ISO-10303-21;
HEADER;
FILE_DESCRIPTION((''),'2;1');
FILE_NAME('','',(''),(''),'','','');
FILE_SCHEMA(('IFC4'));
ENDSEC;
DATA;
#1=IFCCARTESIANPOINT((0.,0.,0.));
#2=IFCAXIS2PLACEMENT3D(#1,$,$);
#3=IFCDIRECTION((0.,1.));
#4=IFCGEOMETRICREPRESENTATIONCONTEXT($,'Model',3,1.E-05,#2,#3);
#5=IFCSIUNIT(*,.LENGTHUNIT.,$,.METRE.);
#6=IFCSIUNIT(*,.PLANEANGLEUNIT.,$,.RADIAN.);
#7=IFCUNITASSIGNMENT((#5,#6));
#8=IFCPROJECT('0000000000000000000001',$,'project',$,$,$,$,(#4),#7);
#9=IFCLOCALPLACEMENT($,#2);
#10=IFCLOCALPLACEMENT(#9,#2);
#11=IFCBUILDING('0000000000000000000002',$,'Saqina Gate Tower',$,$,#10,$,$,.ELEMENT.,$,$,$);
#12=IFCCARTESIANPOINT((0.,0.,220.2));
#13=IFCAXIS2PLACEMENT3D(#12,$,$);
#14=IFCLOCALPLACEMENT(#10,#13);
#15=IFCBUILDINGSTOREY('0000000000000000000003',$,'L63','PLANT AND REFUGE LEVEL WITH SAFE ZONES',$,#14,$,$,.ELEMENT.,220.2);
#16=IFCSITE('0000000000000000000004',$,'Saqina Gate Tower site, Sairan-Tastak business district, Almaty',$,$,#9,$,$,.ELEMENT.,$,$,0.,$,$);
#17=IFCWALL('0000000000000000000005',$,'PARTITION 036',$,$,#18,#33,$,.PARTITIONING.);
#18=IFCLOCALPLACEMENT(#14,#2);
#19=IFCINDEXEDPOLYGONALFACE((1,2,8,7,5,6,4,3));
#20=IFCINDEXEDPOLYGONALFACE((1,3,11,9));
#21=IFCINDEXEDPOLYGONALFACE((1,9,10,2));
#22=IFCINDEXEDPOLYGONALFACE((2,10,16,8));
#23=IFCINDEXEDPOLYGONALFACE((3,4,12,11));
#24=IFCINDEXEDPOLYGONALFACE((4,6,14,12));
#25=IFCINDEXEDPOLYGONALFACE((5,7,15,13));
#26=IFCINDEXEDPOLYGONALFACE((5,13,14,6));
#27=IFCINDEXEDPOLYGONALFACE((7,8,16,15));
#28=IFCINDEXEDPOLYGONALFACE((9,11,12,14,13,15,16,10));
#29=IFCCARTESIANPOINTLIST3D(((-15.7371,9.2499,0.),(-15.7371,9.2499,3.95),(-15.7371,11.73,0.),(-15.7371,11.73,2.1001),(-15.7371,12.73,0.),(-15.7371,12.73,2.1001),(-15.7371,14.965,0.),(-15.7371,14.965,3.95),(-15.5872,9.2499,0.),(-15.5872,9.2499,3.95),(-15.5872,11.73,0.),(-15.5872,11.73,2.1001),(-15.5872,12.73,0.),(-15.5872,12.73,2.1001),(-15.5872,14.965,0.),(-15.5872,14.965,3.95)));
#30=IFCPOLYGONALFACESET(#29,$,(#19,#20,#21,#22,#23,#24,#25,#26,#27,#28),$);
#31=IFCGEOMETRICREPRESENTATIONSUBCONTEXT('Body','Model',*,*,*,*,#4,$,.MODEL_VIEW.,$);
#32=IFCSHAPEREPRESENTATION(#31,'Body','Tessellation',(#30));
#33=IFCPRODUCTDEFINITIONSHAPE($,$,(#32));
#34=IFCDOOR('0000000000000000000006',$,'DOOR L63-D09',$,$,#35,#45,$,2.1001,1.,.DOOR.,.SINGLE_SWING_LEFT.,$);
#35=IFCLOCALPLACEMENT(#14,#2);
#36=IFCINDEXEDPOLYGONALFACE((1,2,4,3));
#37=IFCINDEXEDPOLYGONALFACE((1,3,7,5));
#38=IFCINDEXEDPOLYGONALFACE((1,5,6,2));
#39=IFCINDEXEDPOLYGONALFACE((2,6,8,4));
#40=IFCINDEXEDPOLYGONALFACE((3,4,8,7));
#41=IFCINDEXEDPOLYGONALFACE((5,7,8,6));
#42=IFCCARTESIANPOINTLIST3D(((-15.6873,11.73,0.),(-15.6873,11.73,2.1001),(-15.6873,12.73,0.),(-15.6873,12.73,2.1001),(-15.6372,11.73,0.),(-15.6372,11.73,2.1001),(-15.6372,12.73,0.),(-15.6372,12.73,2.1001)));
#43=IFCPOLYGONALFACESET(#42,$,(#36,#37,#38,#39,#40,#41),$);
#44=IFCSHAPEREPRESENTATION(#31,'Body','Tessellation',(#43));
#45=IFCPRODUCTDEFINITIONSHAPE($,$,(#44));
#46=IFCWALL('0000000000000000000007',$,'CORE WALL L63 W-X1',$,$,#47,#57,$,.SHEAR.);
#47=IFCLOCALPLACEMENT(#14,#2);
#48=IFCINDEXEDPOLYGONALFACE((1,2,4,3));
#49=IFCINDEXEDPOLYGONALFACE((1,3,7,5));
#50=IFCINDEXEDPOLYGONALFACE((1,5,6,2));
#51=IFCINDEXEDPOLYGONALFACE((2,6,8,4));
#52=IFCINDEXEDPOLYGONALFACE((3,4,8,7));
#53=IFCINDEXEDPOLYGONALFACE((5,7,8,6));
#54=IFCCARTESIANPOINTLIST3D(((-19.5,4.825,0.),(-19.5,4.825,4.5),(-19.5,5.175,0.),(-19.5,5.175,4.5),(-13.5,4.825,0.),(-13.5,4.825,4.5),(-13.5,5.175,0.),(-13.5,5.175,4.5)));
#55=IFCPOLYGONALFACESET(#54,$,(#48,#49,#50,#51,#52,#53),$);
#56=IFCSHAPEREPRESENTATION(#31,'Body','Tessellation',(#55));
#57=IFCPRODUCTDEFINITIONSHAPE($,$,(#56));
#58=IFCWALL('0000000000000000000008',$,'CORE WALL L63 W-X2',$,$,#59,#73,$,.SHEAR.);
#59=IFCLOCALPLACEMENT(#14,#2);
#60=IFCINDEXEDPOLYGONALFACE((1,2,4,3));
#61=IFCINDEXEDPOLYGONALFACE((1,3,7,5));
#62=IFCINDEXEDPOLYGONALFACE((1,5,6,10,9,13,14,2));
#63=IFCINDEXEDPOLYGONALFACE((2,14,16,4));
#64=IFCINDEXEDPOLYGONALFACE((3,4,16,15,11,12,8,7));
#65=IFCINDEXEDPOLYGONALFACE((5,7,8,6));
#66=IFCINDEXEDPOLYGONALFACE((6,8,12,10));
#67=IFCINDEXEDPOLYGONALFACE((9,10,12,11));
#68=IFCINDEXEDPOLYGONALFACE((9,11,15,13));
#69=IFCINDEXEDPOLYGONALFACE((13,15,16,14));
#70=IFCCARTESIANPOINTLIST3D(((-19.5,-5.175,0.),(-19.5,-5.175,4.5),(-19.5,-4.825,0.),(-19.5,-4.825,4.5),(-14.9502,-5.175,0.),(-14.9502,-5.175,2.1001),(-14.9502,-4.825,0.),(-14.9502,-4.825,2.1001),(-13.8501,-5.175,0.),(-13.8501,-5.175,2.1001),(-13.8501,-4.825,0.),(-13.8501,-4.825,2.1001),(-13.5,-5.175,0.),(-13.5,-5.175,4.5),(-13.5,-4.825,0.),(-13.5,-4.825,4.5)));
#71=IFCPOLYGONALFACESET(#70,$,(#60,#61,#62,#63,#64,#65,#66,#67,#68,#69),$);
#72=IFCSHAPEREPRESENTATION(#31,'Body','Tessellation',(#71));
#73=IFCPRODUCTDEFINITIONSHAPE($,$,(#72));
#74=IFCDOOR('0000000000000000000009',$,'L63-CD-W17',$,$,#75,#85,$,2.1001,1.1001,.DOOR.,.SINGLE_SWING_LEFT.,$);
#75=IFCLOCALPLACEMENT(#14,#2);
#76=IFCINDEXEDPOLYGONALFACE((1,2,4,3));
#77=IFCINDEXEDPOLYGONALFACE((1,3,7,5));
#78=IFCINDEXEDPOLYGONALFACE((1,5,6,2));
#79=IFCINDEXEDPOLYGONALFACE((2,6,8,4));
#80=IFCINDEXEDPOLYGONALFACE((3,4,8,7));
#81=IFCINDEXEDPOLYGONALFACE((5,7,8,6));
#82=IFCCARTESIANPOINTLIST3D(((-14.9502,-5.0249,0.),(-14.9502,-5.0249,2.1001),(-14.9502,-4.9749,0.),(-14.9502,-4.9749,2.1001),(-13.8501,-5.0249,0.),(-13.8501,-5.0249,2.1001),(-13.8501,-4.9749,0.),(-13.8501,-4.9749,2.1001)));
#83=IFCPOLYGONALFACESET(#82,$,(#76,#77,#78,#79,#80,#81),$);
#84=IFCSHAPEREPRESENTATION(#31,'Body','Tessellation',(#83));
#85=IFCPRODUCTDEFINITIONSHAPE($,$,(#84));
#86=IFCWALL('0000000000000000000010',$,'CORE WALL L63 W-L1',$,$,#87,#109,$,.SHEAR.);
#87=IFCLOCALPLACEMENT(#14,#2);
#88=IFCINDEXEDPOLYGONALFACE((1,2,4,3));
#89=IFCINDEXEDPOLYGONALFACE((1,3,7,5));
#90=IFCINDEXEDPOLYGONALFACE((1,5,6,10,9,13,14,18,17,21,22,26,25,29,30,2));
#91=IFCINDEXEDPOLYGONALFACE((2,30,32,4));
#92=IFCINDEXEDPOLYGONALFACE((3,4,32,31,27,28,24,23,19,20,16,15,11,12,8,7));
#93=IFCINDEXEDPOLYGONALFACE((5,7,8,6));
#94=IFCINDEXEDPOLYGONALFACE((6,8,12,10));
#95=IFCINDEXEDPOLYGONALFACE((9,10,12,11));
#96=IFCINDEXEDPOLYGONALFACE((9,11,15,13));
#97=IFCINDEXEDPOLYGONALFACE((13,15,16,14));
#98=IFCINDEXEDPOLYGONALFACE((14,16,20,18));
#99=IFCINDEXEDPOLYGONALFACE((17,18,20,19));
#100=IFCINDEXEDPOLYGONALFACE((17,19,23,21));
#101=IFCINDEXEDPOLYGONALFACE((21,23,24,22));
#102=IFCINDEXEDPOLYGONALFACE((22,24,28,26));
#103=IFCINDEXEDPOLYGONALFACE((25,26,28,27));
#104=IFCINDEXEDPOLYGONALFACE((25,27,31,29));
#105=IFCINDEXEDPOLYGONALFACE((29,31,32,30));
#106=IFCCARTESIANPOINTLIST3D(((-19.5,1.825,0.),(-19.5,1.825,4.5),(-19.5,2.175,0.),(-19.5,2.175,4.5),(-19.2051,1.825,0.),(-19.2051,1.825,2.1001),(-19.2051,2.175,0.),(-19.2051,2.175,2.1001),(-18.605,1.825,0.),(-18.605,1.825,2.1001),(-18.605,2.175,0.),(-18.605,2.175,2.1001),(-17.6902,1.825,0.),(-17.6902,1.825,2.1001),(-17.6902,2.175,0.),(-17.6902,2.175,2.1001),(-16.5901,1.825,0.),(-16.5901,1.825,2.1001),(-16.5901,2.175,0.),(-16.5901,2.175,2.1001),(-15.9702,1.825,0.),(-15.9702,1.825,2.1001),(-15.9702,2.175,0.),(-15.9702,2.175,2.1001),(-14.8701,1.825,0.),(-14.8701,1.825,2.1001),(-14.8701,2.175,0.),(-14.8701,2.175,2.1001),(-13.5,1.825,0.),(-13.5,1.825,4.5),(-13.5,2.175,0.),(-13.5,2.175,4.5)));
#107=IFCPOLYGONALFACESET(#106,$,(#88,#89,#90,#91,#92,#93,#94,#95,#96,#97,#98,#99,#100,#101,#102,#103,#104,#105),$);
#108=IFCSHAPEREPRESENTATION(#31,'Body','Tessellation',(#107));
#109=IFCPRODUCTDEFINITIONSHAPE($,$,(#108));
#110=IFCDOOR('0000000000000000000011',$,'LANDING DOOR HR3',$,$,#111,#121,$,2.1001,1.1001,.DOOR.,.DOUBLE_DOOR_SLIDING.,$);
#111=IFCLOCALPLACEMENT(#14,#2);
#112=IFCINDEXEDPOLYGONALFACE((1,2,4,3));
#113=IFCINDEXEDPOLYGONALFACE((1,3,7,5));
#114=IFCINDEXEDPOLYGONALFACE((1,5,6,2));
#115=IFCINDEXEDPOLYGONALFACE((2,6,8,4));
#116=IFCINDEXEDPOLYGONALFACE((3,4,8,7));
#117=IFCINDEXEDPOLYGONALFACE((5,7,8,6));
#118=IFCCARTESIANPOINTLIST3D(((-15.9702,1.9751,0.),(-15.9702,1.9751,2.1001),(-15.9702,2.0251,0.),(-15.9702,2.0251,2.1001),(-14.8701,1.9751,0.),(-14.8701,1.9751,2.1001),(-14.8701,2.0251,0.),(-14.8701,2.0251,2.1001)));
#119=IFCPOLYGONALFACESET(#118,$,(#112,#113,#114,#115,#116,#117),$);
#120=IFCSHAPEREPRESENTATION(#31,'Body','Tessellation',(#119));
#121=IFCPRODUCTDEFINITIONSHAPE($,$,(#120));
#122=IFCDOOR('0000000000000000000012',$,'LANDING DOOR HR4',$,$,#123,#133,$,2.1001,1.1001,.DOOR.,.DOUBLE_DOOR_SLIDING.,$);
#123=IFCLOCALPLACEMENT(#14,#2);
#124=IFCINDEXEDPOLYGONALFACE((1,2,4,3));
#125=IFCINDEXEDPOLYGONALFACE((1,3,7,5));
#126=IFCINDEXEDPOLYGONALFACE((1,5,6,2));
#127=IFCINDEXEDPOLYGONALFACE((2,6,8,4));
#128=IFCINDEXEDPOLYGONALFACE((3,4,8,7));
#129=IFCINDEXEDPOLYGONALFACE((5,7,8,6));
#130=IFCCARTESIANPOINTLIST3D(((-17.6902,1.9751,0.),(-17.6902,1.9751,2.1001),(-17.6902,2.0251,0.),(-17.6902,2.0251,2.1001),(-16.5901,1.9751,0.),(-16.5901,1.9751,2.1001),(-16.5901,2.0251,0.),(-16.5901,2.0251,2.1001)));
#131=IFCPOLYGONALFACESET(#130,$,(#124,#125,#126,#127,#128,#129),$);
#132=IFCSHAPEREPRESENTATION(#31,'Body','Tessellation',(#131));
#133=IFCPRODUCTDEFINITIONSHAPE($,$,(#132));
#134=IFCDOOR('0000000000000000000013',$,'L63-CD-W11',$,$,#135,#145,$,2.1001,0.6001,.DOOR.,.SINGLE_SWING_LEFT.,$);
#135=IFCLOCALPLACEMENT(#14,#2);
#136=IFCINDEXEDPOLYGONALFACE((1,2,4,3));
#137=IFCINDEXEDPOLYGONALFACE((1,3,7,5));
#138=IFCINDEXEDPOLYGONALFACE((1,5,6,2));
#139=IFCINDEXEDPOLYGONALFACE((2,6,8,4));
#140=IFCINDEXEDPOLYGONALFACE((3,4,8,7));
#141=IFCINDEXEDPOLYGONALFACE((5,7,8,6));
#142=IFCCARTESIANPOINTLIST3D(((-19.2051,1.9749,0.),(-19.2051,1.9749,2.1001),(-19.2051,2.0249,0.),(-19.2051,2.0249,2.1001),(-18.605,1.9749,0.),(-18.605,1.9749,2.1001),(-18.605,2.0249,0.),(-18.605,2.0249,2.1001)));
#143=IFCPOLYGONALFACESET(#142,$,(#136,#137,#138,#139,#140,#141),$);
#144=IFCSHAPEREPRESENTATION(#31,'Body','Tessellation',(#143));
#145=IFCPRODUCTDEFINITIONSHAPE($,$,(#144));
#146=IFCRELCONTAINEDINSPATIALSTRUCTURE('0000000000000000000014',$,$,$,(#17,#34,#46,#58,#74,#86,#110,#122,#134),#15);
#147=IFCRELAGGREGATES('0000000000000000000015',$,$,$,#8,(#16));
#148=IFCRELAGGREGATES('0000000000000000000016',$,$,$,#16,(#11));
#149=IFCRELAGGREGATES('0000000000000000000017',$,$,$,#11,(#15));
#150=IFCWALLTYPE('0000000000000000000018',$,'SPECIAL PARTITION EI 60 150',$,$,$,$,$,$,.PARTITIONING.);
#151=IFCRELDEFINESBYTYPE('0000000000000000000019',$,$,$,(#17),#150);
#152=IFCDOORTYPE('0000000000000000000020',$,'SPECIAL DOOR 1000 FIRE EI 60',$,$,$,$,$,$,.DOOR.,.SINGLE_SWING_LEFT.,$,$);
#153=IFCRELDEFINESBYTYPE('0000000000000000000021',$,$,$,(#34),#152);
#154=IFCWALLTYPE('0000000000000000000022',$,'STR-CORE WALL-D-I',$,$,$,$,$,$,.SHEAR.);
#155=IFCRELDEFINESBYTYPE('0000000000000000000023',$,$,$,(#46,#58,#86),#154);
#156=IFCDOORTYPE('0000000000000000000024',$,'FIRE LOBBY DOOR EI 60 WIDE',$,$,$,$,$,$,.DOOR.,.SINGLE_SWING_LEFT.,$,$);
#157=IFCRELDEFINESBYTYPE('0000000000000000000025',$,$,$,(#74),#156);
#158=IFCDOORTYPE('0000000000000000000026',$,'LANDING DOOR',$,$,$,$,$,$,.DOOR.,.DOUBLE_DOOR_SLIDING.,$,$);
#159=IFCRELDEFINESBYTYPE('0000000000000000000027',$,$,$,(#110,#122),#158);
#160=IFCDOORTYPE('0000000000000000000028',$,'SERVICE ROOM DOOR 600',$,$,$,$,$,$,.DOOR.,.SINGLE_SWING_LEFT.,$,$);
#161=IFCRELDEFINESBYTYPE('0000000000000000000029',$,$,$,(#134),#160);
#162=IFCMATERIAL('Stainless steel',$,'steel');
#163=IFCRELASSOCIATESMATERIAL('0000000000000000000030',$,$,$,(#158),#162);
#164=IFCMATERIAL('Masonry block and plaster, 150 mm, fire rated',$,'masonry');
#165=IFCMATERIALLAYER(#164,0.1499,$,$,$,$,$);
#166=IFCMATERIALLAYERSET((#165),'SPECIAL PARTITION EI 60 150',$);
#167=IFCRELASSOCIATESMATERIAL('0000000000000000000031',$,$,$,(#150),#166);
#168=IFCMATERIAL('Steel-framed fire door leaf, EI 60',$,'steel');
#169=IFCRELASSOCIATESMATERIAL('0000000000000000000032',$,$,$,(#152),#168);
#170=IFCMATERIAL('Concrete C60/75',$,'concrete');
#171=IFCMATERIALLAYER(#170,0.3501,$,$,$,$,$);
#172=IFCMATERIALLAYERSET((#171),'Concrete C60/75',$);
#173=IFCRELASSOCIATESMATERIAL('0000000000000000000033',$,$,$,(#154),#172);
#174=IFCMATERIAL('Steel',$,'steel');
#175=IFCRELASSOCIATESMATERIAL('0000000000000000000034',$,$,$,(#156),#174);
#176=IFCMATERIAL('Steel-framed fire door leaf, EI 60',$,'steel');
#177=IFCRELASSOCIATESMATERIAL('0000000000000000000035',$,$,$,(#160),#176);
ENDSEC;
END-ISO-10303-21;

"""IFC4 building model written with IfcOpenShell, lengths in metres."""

from ifc_helpers import new_model, si_unit, direction, frame, frame_2d, origin, place, context, subcontext, project, spatial, rectangle, extrude, material, layer, layer_set, type_object, element, fill, save


model = new_model("IFC4")

# Units and contexts
model_context = context("Model", 3, precision=1e-05, world=origin(), true_north=direction((0.0, 1.0)))
body_context = subcontext(model_context, "Body", "Model", "MODEL_VIEW")
ifc_project = project(units=[si_unit("LENGTHUNIT", "METRE"), si_unit("PLANEANGLEUNIT", "RADIAN")], contexts=[model_context])

# Site, building, storey
site_placement = place(None, origin())
site = spatial("IfcSite", under=ifc_project, at=site_placement, Name="Saqina Gate Tower site, Sairan-Tastak business district, Almaty", CompositionType="ELEMENT", RefElevation=0.0)
building_placement = place(site_placement, origin())
building = spatial("IfcBuilding", under=site, at=building_placement, Name="Saqina Gate Tower", CompositionType="ELEMENT")
storey_placement = place(building_placement, frame((0.0, 0.0, 220.2)))
storey = spatial("IfcBuildingStorey", under=building, at=storey_placement, Name="L63", Description="PLANT AND REFUGE LEVEL WITH SAFE ZONES", CompositionType="ELEMENT", Elevation=220.2)

# Shared definitions
ifc_material_1 = material(Name="Stainless steel", Category="steel")
door_type_1 = type_object("IfcDoorType", Name="LANDING DOOR", OperationType="DOUBLE_DOOR_SLIDING", PredefinedType="DOOR", material=ifc_material_1)

# Wall, opening, door
ifc_material_2 = material(Name="Masonry block and plaster, 150 mm, fire rated", Category="masonry")
ifc_layer_1 = layer(ifc_material_2, 0.1499)
ifc_layer_set_1 = layer_set([ifc_layer_1], Name="SPECIAL PARTITION EI 60 150")
wall_type_1 = type_object("IfcWallType", Name="SPECIAL PARTITION EI 60 150", PredefinedType="PARTITIONING", material=ifc_layer_set_1)
ifc_material_3 = material(Name="Steel-framed fire door leaf, EI 60", Category="steel")
door_type_2 = type_object("IfcDoorType", Name="SPECIAL DOOR 1000 FIRE EI 60", OperationType="SINGLE_SWING_LEFT", PredefinedType="DOOR", material=ifc_material_3)
wall_1_placement = place(storey_placement, frame((-15.6621, 9.25, 0.0), z_axis=(0.0, 0.0, 1.0), x_axis=(0.0, 1.0, 0.0)))
wall_1 = element("IfcWall", 1, at=wall_1_placement, inside=storey, type_object=wall_type_1, Name="PARTITION 036", PredefinedType="PARTITIONING", context=body_context, shape_type="SweptSolid", body=[
    extrude(rectangle(XDim=5.7151, YDim=0.1499, at=frame_2d((2.8574, 0.0))), origin(), (0.0, 0.0, 1.0), 3.95),
])
opening_1_placement = place(wall_1_placement, frame((2.48, 0.0, 0.0)))
opening_1 = element("IfcOpeningElement", 2, at=opening_1_placement, cuts=wall_1, PredefinedType="OPENING", context=body_context, shape_type="SweptSolid", body=[
    extrude(rectangle(XDim=1.0, YDim=2.1001, at=frame_2d((0.5, 1.05))), frame((0.0, 0.0869, 0.0), z_axis=(0.0, -1.0, 0.0), x_axis=(1.0, 0.0, 0.0)), (0.0, 0.0, 1.0), 0.1738),
])
door_1_placement = place(opening_1_placement, frame((1.0, 0.0, 0.0), z_axis=(0.0, 0.0, 1.0), x_axis=(-1.0, 0.0, 0.0)))
door_1 = element("IfcDoor", 3, at=door_1_placement, inside=storey, type_object=door_type_2, Name="DOOR L63-D09", OperationType="SINGLE_SWING_LEFT", OverallHeight=2.1001, OverallWidth=1.0, PredefinedType="DOOR", context=body_context, shape_type="SweptSolid", body=[
    extrude(rectangle(XDim=1.0, YDim=2.1001, at=frame_2d((0.5, 1.05))), frame((0.0, 0.0249, 0.0), z_axis=(0.0, -1.0, 0.0), x_axis=(1.0, 0.0, 0.0)), (0.0, 0.0, 1.0), 0.05),
])
fill(opening_1, door_1)

# Wall
ifc_material_4 = material(Name="Concrete C60/75", Category="concrete")
ifc_layer_2 = layer(ifc_material_4, 0.3501)
ifc_layer_set_2 = layer_set([ifc_layer_2], Name="Concrete C60/75")
wall_type_2 = type_object("IfcWallType", Name="STR-CORE WALL-D-I", PredefinedType="SHEAR", material=ifc_layer_set_2)
wall_2_placement = place(storey_placement, frame((-13.5, 5.0, 0.0), z_axis=(0.0, 0.0, 1.0), x_axis=(-1.0, 0.0, 0.0)))
element("IfcWall", 4, at=wall_2_placement, inside=storey, type_object=wall_type_2, Name="CORE WALL L63 W-X1", PredefinedType="SHEAR", context=body_context, shape_type="SweptSolid", body=[
    extrude(rectangle(XDim=6.0, YDim=0.3501, at=frame_2d((3.0, 0.0))), origin(), (0.0, 0.0, 1.0), 4.5),
])

# Wall, opening, door
wall_3_placement = place(storey_placement, frame((-13.5, -5.0, 0.0), z_axis=(0.0, 0.0, 1.0), x_axis=(-1.0, 0.0, 0.0)))
wall_3 = element("IfcWall", 5, at=wall_3_placement, inside=storey, type_object=wall_type_2, Name="CORE WALL L63 W-X2", PredefinedType="SHEAR", context=body_context, shape_type="SweptSolid", body=[
    extrude(rectangle(XDim=6.0, YDim=0.3501, at=frame_2d((3.0, 0.0))), origin(), (0.0, 0.0, 1.0), 4.5),
])
opening_2_placement = place(wall_3_placement, frame((0.3501, 0.0, 0.0)))
opening_2 = element("IfcOpeningElement", 6, at=opening_2_placement, cuts=wall_3, PredefinedType="OPENING", context=body_context, shape_type="SweptSolid", body=[
    extrude(rectangle(XDim=1.1001, YDim=2.1001, at=frame_2d((0.55, 1.05))), frame((0.0, 0.187, 0.0), z_axis=(0.0, -1.0, 0.0), x_axis=(1.0, 0.0, 0.0)), (0.0, 0.0, 1.0), 0.374),
])
ifc_material_5 = material(Name="Steel", Category="steel")
door_type_3 = type_object("IfcDoorType", Name="FIRE LOBBY DOOR EI 60 WIDE", OperationType="SINGLE_SWING_LEFT", PredefinedType="DOOR", material=ifc_material_5)
door_2_placement = place(opening_2_placement, origin())
door_2 = element("IfcDoor", 7, at=door_2_placement, inside=storey, type_object=door_type_3, Name="L63-CD-W17", OperationType="SINGLE_SWING_LEFT", OverallHeight=2.1001, OverallWidth=1.1001, PredefinedType="DOOR", context=body_context, shape_type="SweptSolid", body=[
    extrude(rectangle(XDim=1.1001, YDim=2.1001, at=frame_2d((0.55, 1.05))), frame((0.0, 0.0249, 0.0), z_axis=(0.0, -1.0, 0.0), x_axis=(1.0, 0.0, 0.0)), (0.0, 0.0, 1.0), 0.05),
])
fill(opening_2, door_2)

# Wall, openings, doors
wall_4_placement = place(storey_placement, frame((-13.5, 2.0, 0.0), z_axis=(0.0, 0.0, 1.0), x_axis=(-1.0, 0.0, 0.0)))
wall_4 = element("IfcWall", 8, at=wall_4_placement, inside=storey, type_object=wall_type_2, Name="CORE WALL L63 W-L1", PredefinedType="SHEAR", context=body_context, shape_type="SweptSolid", body=[
    extrude(rectangle(XDim=6.0, YDim=0.3501, at=frame_2d((3.0, 0.0))), origin(), (0.0, 0.0, 1.0), 4.5),
])
opening_3_placement = place(wall_4_placement, frame((1.3701, 0.0, 0.0)))
opening_3 = element("IfcOpeningElement", 9, at=opening_3_placement, cuts=wall_4, PredefinedType="OPENING", context=body_context, shape_type="SweptSolid", body=[
    extrude(rectangle(XDim=1.1001, YDim=2.1001, at=frame_2d((0.55, 1.05))), frame((0.0, 0.187, 0.0), z_axis=(0.0, -1.0, 0.0), x_axis=(1.0, 0.0, 0.0)), (0.0, 0.0, 1.0), 0.374),
])
opening_4_placement = place(wall_4_placement, frame((3.0901, 0.0, 0.0)))
opening_4 = element("IfcOpeningElement", 10, at=opening_4_placement, cuts=wall_4, PredefinedType="OPENING", context=body_context, shape_type="SweptSolid", body=[
    extrude(rectangle(XDim=1.1001, YDim=2.1001, at=frame_2d((0.55, 1.05))), frame((0.0, 0.187, 0.0), z_axis=(0.0, -1.0, 0.0), x_axis=(1.0, 0.0, 0.0)), (0.0, 0.0, 1.0), 0.374),
])
opening_5_placement = place(wall_4_placement, frame((5.105, 0.0, 0.0)))
opening_5 = element("IfcOpeningElement", 11, at=opening_5_placement, cuts=wall_4, PredefinedType="OPENING", context=body_context, shape_type="SweptSolid", body=[
    extrude(rectangle(XDim=0.6001, YDim=2.1001, at=frame_2d((0.3, 1.05))), frame((0.0, 0.187, 0.0), z_axis=(0.0, -1.0, 0.0), x_axis=(1.0, 0.0, 0.0)), (0.0, 0.0, 1.0), 0.374),
])
door_3_placement = place(opening_3_placement, origin())
door_3 = element("IfcDoor", 12, at=door_3_placement, inside=storey, type_object=door_type_1, Name="LANDING DOOR HR3", OperationType="DOUBLE_DOOR_SLIDING", OverallHeight=2.1001, OverallWidth=1.1001, PredefinedType="DOOR", context=body_context, shape_type="SweptSolid", body=[
    extrude(rectangle(XDim=1.1001, YDim=2.1001, at=frame_2d((0.55, 1.05))), frame((0.0, 0.0249, 0.0), z_axis=(0.0, -1.0, 0.0), x_axis=(1.0, 0.0, 0.0)), (0.0, 0.0, 1.0), 0.05),
])
fill(opening_3, door_3)
door_4_placement = place(opening_4_placement, origin())
door_4 = element("IfcDoor", 13, at=door_4_placement, inside=storey, type_object=door_type_1, Name="LANDING DOOR HR4", OperationType="DOUBLE_DOOR_SLIDING", OverallHeight=2.1001, OverallWidth=1.1001, PredefinedType="DOOR", context=body_context, shape_type="SweptSolid", body=[
    extrude(rectangle(XDim=1.1001, YDim=2.1001, at=frame_2d((0.55, 1.05))), frame((0.0, 0.0249, 0.0), z_axis=(0.0, -1.0, 0.0), x_axis=(1.0, 0.0, 0.0)), (0.0, 0.0, 1.0), 0.05),
])
fill(opening_4, door_4)
ifc_material_6 = material(Name="Steel-framed fire door leaf, EI 60", Category="steel")
door_type_4 = type_object("IfcDoorType", Name="SERVICE ROOM DOOR 600", OperationType="SINGLE_SWING_LEFT", PredefinedType="DOOR", material=ifc_material_6)
door_5_placement = place(opening_5_placement, frame((0.6001, 0.0, 0.0), z_axis=(0.0, 0.0, 1.0), x_axis=(-1.0, 0.0, 0.0)))
door_5 = element("IfcDoor", 14, at=door_5_placement, inside=storey, type_object=door_type_4, Name="L63-CD-W11", OperationType="SINGLE_SWING_LEFT", OverallHeight=2.1001, OverallWidth=0.6001, PredefinedType="DOOR", context=body_context, shape_type="SweptSolid", body=[
    extrude(rectangle(XDim=0.6001, YDim=2.1001, at=frame_2d((0.3, 1.05))), frame((0.0, 0.0249, 0.0), z_axis=(0.0, -1.0, 0.0), x_axis=(1.0, 0.0, 0.0)), (0.0, 0.0, 1.0), 0.05),
])
fill(opening_5, door_5)

save(model, "model.ifc")
